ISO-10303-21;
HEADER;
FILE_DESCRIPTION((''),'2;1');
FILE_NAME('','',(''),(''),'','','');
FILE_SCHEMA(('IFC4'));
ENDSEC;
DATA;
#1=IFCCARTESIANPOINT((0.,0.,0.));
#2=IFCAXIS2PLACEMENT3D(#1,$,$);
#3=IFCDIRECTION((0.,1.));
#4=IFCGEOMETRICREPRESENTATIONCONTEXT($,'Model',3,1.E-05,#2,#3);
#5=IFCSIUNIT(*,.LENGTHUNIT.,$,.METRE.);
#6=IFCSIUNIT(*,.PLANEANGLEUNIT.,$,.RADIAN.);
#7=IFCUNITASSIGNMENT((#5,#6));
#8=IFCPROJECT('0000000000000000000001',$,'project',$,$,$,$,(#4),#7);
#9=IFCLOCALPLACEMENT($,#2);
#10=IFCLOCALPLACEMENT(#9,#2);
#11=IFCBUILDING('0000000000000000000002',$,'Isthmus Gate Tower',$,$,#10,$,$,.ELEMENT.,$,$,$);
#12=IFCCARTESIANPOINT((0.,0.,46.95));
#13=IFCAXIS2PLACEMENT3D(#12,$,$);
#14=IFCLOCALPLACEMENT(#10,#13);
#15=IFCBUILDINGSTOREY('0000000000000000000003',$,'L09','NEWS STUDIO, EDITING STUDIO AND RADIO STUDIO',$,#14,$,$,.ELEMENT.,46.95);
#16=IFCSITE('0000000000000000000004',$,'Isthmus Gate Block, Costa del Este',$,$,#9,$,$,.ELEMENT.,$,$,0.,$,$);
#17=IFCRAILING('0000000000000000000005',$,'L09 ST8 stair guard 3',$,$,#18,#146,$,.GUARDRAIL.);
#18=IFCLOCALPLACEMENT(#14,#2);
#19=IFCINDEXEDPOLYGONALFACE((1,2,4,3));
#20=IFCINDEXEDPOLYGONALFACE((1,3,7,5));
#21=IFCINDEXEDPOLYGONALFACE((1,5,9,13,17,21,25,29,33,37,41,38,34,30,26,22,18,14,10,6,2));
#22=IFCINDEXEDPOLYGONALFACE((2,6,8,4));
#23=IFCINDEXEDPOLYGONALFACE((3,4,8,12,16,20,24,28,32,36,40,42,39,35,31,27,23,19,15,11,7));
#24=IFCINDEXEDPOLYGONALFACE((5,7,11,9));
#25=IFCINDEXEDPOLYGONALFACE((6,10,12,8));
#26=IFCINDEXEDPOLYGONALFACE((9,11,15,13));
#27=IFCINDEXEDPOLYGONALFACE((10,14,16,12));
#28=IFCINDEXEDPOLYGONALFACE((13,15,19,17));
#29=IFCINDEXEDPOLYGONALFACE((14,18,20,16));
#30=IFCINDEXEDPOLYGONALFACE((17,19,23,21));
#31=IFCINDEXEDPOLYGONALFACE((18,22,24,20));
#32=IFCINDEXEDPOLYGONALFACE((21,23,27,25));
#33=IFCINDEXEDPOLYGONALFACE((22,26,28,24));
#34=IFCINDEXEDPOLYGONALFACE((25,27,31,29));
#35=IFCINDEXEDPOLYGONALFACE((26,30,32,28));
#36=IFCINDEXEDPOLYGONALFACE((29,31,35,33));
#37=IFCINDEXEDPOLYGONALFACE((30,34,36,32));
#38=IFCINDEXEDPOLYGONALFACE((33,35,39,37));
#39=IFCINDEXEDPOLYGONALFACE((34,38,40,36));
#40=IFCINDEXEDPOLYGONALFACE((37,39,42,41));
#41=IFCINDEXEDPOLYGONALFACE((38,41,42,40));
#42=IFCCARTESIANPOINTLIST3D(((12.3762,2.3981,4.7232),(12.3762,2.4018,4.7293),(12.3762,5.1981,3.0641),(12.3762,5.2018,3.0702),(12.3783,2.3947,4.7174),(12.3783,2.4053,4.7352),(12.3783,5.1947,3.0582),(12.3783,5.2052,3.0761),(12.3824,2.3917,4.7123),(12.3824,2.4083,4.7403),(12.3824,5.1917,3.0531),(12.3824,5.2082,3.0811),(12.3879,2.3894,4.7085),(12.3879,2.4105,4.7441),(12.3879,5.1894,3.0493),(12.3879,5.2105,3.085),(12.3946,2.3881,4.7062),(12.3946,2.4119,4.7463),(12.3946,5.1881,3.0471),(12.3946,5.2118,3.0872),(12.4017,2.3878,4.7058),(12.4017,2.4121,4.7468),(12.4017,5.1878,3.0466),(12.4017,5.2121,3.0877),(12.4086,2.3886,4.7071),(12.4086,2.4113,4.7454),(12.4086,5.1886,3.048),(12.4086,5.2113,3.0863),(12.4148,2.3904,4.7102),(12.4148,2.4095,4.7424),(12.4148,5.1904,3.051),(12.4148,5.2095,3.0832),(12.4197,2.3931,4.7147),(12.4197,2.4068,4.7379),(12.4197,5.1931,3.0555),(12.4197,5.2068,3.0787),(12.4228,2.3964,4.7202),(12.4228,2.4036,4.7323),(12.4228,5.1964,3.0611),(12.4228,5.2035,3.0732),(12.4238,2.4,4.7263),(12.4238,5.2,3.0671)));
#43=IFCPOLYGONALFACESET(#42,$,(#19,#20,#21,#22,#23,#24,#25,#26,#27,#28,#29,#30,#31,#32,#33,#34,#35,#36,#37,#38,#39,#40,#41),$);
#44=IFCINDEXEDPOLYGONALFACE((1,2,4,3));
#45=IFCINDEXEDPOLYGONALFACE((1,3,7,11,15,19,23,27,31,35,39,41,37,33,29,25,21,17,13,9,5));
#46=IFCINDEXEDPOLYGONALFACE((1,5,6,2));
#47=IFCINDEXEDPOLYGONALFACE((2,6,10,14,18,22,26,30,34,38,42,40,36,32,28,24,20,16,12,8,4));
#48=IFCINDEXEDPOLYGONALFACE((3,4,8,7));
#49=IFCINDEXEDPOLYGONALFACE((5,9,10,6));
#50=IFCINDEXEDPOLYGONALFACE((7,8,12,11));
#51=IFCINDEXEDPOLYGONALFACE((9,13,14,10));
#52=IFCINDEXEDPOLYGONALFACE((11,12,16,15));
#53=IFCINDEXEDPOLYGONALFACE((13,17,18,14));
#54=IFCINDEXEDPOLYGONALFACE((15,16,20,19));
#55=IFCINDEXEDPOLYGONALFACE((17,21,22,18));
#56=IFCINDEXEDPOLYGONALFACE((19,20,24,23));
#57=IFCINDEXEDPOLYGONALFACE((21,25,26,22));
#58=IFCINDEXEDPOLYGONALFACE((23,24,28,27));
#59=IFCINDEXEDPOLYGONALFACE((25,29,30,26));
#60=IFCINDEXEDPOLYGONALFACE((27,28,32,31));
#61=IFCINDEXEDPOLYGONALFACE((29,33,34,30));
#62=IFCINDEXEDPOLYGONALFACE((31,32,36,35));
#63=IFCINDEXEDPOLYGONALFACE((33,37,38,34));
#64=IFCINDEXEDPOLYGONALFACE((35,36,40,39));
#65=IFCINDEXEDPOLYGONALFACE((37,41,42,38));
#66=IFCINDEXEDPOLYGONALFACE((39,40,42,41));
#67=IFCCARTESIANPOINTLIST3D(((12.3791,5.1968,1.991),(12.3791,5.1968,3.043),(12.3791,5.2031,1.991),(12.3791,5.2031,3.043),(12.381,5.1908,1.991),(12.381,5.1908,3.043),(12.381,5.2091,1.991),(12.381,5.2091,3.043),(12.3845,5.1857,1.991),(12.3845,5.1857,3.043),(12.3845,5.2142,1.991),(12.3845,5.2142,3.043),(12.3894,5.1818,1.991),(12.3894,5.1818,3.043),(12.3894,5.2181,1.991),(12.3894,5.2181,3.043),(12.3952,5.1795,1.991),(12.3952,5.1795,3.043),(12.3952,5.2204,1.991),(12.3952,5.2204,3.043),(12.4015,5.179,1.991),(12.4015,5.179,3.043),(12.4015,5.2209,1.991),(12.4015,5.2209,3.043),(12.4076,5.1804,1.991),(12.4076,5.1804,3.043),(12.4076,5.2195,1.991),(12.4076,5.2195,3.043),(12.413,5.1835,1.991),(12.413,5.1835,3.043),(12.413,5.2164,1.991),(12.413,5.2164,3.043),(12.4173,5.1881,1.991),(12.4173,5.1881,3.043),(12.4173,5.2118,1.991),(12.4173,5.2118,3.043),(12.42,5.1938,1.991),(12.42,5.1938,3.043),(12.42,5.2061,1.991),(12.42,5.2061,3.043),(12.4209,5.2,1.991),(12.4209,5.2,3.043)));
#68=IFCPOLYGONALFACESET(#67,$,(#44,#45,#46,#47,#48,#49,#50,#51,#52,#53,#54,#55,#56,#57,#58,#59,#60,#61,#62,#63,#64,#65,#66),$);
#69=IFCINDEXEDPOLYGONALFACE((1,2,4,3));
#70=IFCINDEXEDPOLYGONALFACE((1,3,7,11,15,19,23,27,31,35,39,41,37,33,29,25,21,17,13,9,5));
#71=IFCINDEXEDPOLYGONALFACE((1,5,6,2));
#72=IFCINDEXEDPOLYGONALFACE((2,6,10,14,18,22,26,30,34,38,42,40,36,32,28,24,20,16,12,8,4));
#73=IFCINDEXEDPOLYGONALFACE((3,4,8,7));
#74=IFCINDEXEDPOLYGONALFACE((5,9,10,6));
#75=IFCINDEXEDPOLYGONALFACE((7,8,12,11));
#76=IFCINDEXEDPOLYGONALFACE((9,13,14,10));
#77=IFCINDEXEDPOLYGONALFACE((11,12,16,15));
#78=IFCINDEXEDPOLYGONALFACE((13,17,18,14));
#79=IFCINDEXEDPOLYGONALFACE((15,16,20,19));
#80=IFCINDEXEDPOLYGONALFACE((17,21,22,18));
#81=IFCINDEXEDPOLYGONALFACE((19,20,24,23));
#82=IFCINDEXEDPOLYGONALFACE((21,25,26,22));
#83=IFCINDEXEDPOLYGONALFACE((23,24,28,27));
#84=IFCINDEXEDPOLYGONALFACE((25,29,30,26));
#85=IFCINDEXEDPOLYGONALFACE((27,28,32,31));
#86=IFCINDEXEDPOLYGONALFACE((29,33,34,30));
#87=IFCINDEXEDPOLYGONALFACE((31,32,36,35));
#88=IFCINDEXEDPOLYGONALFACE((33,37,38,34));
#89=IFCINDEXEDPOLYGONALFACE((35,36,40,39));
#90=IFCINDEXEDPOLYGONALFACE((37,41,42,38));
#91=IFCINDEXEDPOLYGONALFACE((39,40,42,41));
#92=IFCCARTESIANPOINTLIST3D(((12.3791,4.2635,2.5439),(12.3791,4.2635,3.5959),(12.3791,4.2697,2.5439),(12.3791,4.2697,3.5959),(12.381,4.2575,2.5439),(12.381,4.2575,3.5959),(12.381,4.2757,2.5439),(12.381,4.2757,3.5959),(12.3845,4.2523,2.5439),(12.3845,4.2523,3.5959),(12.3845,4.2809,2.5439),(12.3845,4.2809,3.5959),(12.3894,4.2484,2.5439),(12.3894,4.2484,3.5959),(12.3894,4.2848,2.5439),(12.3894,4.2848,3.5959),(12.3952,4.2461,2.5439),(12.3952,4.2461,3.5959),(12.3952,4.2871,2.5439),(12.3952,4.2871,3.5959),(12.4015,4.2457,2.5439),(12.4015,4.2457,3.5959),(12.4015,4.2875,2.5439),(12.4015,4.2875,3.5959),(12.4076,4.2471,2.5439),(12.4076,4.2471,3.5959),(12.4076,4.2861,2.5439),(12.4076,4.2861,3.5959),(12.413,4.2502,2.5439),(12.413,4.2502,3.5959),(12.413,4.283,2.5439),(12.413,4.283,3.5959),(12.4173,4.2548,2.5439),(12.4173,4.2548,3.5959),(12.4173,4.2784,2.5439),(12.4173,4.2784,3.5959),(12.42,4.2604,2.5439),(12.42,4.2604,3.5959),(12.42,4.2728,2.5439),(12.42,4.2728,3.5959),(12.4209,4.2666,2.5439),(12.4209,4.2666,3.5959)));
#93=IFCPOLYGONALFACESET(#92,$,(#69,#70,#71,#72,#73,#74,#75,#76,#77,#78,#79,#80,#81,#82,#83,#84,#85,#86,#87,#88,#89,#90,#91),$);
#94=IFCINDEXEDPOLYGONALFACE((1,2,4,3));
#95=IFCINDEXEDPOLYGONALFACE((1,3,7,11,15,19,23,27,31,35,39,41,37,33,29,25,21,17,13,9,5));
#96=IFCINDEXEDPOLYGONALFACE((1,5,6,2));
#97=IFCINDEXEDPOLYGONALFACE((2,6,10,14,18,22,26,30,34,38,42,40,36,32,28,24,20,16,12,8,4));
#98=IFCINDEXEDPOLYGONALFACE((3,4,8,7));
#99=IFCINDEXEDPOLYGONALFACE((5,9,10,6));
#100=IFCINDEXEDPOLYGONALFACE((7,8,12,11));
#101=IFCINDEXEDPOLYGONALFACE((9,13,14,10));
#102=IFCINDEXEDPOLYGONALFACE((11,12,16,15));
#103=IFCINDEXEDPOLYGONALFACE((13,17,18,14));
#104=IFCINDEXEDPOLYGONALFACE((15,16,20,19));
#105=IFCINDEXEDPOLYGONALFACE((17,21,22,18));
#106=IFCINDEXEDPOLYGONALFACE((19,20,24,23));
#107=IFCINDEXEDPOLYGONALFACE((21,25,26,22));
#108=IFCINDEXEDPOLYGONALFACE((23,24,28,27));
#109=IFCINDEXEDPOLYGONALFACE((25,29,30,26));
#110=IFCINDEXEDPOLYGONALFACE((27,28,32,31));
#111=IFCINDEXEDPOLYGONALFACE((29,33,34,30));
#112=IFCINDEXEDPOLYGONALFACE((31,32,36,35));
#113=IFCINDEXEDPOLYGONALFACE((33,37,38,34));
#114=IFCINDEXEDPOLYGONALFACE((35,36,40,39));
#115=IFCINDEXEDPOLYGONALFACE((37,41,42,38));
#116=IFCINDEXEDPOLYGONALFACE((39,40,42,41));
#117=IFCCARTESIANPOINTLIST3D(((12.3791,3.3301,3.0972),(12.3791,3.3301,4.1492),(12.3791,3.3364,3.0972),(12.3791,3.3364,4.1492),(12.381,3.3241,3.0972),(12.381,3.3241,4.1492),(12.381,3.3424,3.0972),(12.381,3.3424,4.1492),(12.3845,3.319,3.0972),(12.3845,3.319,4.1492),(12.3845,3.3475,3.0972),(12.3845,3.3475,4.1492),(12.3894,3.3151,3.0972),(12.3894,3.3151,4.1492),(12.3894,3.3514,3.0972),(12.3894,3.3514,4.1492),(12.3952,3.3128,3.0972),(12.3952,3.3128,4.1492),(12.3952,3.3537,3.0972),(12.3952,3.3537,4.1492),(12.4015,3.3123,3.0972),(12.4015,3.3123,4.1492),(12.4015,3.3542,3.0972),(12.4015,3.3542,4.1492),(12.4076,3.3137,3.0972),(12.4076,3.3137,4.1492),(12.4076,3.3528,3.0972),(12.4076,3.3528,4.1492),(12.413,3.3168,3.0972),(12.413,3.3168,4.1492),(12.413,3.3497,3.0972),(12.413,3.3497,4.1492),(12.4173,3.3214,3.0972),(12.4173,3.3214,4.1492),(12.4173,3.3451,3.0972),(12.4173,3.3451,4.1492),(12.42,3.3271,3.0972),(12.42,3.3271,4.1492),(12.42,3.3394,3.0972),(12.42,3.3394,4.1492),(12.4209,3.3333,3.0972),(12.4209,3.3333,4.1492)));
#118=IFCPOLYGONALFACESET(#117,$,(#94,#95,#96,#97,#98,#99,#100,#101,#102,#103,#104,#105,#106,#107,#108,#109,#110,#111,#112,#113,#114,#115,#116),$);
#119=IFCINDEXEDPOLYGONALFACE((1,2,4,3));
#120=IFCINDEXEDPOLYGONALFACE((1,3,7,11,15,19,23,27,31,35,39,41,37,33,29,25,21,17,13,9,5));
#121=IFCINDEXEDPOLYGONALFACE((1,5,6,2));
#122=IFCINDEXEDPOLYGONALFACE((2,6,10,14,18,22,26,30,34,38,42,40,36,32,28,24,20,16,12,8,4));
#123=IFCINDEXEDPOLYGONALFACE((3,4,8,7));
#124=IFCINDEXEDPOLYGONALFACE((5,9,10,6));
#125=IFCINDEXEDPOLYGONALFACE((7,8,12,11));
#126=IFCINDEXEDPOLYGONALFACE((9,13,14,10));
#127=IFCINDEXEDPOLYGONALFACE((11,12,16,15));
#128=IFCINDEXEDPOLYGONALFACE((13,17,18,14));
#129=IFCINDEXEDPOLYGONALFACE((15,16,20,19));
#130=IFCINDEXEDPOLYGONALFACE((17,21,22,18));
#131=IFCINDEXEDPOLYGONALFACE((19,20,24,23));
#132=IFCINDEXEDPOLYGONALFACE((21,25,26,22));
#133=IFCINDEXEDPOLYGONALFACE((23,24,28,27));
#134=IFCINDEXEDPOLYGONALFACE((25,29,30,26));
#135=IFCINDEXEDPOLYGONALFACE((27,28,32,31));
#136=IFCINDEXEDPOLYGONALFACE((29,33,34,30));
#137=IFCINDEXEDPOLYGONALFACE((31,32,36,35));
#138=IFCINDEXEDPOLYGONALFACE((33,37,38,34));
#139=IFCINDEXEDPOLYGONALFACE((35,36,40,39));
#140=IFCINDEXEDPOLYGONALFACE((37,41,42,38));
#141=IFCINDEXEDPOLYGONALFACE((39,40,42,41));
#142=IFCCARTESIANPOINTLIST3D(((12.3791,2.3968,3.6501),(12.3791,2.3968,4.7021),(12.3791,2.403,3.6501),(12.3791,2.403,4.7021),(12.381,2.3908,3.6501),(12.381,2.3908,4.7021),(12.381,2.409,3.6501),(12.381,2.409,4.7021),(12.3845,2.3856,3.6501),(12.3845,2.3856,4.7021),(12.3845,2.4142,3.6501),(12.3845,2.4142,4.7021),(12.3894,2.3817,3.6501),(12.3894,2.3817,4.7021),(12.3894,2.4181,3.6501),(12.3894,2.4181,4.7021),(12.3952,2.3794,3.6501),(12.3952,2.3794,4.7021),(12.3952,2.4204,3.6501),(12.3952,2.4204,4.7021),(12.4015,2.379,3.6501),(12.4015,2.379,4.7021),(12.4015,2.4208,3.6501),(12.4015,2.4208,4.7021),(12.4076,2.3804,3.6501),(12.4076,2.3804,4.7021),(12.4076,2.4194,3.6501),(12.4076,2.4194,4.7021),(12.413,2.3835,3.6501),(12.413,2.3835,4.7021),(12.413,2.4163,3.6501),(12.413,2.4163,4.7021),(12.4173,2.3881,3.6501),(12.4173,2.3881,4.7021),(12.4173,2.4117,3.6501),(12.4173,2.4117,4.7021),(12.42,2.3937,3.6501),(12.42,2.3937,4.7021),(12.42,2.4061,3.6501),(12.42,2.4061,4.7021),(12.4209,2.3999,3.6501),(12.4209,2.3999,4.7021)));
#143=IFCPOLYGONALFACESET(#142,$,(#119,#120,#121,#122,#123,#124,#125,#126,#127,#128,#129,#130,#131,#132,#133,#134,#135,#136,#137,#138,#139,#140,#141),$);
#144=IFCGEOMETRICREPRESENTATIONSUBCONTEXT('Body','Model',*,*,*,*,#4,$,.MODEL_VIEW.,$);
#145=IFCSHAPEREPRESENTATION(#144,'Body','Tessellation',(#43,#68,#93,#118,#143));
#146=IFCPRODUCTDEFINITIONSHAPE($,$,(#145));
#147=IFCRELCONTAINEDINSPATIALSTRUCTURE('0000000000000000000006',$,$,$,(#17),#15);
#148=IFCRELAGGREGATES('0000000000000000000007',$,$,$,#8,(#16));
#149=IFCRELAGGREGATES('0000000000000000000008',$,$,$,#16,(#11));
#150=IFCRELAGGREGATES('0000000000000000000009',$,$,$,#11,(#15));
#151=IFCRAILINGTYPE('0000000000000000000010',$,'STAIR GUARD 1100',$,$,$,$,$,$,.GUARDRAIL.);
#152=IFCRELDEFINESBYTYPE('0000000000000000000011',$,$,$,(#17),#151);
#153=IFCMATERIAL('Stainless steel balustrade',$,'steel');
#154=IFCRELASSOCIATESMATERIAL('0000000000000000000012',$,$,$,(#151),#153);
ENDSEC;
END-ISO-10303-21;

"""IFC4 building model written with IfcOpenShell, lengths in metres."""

from ifc_helpers import new_model, si_unit, direction, frame, origin, origin_2d, place, context, subcontext, project, spatial, circle, extrude, material, type_object, element, save


model = new_model("IFC4")

# Units and contexts
model_context = context("Model", 3, precision=1e-05, world=origin(), true_north=direction((0.0, 1.0)))
body_context = subcontext(model_context, "Body", "Model", "MODEL_VIEW")
ifc_project = project(units=[si_unit("LENGTHUNIT", "METRE"), si_unit("PLANEANGLEUNIT", "RADIAN")], contexts=[model_context])

# Site, building, storey
site_placement = place(None, origin())
site = spatial("IfcSite", under=ifc_project, at=site_placement, Name="Isthmus Gate Block, Costa del Este", CompositionType="ELEMENT", RefElevation=0.0)
building_placement = place(site_placement, origin())
building = spatial("IfcBuilding", under=site, at=building_placement, Name="Isthmus Gate Tower", CompositionType="ELEMENT")
storey_placement = place(building_placement, frame((0.0, 0.0, 46.95)))
storey = spatial("IfcBuildingStorey", under=building, at=storey_placement, Name="L09", Description="NEWS STUDIO, EDITING STUDIO AND RADIO STUDIO", CompositionType="ELEMENT", Elevation=46.95)

# Railing
ifc_material_1 = material(Name="Stainless steel balustrade", Category="steel")
railing_type_1 = type_object("IfcRailingType", Name="STAIR GUARD 1100", PredefinedType="GUARDRAIL", material=ifc_material_1)
railing_1_placement = place(storey_placement, frame((12.3999, 5.2, 1.991)))
element("IfcRailing", 1, at=railing_1_placement, inside=storey, type_object=railing_type_1, Name="L09 ST8 stair guard 3", PredefinedType="GUARDRAIL", context=body_context, shape_type="SweptSolid", body=[
    extrude(circle(Radius=0.0239, at=origin_2d()), frame((0.0, 0.0, 1.0762), z_axis=(0.0, -0.860306, 0.509778), x_axis=(1.0, 0.0, 0.0)), (0.0, 0.0, 1.0), 3.2546),
    extrude(circle(Radius=0.021, at=origin_2d()), origin(), (0.0, 0.0, 1.0), 1.052),
    extrude(circle(Radius=0.021, at=origin_2d()), frame((0.0, -0.9333, 0.553)), (0.0, 0.0, 1.0), 1.052),
    extrude(circle(Radius=0.021, at=origin_2d()), frame((0.0, -1.8667, 1.1062)), (0.0, 0.0, 1.0), 1.052),
    extrude(circle(Radius=0.021, at=origin_2d()), frame((0.0, -2.8, 1.6592)), (0.0, 0.0, 1.0), 1.052),
])

save(model, "model.ifc")
